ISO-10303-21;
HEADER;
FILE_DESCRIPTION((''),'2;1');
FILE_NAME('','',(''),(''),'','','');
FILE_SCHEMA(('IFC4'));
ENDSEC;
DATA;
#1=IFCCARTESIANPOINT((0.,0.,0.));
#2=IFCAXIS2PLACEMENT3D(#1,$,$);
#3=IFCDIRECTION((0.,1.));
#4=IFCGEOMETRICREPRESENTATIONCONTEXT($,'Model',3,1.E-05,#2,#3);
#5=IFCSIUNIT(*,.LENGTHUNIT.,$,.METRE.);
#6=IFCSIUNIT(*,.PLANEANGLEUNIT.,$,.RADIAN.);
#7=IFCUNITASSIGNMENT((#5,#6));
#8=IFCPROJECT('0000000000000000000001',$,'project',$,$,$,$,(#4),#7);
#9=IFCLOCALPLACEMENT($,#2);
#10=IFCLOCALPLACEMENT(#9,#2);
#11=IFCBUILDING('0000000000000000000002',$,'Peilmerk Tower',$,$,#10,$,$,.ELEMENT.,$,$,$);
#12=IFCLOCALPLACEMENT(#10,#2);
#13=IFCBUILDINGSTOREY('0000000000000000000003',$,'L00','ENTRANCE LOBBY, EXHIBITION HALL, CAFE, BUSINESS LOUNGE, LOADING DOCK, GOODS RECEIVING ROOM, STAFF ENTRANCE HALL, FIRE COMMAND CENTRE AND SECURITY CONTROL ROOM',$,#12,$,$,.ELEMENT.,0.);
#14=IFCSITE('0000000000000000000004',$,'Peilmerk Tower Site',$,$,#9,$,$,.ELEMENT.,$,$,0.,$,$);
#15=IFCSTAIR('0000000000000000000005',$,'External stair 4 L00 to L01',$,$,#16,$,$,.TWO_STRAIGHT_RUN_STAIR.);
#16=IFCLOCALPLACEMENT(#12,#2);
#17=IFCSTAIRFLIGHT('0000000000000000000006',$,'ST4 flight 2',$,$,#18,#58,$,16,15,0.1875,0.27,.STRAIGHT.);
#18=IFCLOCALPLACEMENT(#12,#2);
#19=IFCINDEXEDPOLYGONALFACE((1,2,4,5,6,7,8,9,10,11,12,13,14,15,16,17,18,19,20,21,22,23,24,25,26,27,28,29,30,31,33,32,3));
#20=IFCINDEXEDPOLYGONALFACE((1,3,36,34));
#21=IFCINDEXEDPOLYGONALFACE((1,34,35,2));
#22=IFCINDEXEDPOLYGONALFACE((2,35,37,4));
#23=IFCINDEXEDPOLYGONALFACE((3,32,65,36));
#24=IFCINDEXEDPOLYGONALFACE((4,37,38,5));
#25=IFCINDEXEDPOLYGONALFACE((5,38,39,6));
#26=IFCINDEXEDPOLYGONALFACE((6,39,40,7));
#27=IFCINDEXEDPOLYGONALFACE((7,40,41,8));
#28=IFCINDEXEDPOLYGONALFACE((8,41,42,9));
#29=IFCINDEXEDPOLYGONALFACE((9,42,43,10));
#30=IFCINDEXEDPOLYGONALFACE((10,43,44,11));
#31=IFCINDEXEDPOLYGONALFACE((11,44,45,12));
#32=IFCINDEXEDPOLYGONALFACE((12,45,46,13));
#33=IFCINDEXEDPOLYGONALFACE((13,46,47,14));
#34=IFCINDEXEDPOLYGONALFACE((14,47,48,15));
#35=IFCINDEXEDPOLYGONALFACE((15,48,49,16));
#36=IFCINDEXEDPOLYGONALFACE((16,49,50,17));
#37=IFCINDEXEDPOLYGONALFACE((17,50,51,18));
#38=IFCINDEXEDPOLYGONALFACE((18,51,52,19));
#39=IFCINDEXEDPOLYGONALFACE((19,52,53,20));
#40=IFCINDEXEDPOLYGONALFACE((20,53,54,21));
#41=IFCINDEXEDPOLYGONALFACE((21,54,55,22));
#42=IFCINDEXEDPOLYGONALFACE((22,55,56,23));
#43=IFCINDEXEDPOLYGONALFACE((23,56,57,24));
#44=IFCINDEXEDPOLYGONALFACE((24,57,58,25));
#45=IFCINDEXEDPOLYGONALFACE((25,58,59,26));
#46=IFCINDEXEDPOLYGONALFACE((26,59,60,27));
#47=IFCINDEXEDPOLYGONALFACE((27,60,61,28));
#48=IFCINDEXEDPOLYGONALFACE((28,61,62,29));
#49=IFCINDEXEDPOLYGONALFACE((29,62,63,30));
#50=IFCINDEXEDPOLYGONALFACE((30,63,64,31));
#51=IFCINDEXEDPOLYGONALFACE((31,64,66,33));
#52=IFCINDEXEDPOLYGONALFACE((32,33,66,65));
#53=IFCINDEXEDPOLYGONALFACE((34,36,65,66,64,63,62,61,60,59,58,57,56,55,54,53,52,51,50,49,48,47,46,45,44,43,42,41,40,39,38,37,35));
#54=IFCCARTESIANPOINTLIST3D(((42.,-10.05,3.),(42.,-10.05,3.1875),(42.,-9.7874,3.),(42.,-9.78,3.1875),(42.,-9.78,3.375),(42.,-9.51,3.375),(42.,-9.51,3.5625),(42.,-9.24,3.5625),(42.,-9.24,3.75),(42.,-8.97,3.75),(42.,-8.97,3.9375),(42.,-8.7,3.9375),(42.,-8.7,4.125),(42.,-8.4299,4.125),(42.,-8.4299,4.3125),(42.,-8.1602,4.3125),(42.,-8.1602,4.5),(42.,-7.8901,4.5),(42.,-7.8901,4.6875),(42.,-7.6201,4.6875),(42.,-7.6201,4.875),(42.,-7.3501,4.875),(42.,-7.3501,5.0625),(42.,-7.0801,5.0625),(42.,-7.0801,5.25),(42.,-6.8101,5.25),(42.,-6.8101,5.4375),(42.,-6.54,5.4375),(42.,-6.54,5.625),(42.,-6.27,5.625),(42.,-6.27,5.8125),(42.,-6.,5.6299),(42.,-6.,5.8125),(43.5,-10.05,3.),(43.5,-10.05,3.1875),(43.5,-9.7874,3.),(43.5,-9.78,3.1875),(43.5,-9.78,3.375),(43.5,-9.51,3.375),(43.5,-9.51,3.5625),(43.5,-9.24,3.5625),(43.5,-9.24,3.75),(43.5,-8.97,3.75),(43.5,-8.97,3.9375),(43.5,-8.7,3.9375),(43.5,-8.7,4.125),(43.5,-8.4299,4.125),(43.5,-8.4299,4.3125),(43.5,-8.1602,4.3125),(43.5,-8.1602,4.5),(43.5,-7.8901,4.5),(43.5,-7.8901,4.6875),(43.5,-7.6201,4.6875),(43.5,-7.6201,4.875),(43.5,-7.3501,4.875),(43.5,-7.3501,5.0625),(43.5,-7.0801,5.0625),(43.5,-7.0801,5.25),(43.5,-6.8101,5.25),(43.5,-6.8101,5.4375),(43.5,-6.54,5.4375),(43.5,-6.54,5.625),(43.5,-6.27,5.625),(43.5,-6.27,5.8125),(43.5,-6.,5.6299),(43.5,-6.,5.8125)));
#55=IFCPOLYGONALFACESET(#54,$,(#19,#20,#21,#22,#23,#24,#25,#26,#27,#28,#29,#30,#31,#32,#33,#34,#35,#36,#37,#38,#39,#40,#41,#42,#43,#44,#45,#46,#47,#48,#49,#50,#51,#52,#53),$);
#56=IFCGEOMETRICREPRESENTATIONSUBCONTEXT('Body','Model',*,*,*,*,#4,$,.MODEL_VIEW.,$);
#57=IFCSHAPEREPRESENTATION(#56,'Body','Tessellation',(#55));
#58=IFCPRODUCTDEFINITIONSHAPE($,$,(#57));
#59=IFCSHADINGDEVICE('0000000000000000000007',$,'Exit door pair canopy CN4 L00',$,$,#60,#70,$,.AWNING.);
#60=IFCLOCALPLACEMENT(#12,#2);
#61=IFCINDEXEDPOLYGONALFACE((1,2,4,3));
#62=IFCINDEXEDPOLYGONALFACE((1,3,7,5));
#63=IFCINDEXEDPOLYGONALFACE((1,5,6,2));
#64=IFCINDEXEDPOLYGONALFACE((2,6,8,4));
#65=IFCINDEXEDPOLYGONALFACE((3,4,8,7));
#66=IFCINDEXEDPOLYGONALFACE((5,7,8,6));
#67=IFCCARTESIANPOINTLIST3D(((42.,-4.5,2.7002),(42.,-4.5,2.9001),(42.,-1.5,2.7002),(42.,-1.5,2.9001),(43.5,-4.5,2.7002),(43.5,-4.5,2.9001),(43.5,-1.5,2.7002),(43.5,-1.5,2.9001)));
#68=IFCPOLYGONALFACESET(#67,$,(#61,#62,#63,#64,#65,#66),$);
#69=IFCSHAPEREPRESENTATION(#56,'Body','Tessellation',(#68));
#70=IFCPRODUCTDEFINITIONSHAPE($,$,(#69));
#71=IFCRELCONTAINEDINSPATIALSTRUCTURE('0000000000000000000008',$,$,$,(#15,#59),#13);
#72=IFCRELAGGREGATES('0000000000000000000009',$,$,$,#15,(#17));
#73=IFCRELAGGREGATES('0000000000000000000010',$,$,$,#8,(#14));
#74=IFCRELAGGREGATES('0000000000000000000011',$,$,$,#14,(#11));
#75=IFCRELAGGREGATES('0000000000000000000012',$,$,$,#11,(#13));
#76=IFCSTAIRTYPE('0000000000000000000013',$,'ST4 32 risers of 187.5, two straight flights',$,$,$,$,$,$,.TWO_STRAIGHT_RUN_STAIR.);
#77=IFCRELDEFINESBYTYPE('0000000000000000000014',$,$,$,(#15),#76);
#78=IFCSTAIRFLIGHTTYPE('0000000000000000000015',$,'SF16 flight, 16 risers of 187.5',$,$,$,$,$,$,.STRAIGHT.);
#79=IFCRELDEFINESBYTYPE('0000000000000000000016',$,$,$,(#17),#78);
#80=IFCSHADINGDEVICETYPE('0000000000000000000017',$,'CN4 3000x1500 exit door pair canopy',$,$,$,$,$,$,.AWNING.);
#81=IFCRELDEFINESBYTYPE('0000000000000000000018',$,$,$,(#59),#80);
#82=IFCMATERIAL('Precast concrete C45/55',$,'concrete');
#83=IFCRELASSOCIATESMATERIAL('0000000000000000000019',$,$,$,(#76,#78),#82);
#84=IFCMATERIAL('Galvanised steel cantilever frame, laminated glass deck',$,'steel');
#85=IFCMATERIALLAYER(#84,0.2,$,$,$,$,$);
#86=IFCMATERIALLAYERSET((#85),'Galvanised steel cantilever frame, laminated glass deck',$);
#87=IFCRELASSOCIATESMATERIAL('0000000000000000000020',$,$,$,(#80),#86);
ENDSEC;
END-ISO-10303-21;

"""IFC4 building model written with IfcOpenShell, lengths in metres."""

from ifc_helpers import new_model, si_unit, direction, frame, origin, origin_2d, place, context, subcontext, project, spatial, polyline, rectangle, outline, extrude, material, layer, layer_set, type_object, element, aggregate, save


model = new_model("IFC4")

# Units and contexts
model_context = context("Model", 3, precision=1e-05, world=origin(), true_north=direction((0.0, 1.0)))
body_context = subcontext(model_context, "Body", "Model", "MODEL_VIEW")
ifc_project = project(units=[si_unit("LENGTHUNIT", "METRE"), si_unit("PLANEANGLEUNIT", "RADIAN")], contexts=[model_context])

# Site, building, storey
site_placement = place(None, origin())
site = spatial("IfcSite", under=ifc_project, at=site_placement, Name="Peilmerk Tower Site", CompositionType="ELEMENT", RefElevation=0.0)
building_placement = place(site_placement, origin())
building = spatial("IfcBuilding", under=site, at=building_placement, Name="Peilmerk Tower", CompositionType="ELEMENT")
storey_placement = place(building_placement, origin())
storey = spatial("IfcBuildingStorey", under=building, at=storey_placement, Name="L00", Description="ENTRANCE LOBBY, EXHIBITION HALL, CAFE, BUSINESS LOUNGE, LOADING DOCK, GOODS RECEIVING ROOM, STAFF ENTRANCE HALL, FIRE COMMAND CENTRE AND SECURITY CONTROL ROOM", CompositionType="ELEMENT", Elevation=0.0)

# Stair, stair flight
ifc_material_1 = material(Name="Precast concrete C45/55", Category="concrete")
stair_type = type_object("IfcStairType", Name="ST4 32 risers of 187.5, two straight flights", PredefinedType="TWO_STRAIGHT_RUN_STAIR", material=ifc_material_1)
stair_placement = place(storey_placement, origin())
stair = element("IfcStair", 1, at=stair_placement, inside=storey, type_object=stair_type, Name="External stair 4 L00 to L01", PredefinedType="TWO_STRAIGHT_RUN_STAIR")
stair_flight_type = type_object("IfcStairFlightType", Name="SF16 flight, 16 risers of 187.5", PredefinedType="STRAIGHT", material=ifc_material_1)
stair_flight_1_placement = place(storey_placement, frame((42.75, -10.05, 3.0), z_axis=(0.0, 0.0, 1.0), x_axis=(0.0, 1.0, 0.0)))
stair_flight_1 = element("IfcStairFlight", 2, at=stair_flight_1_placement, type_object=stair_flight_type, Name="ST4 flight 2", NumberOfRisers=16, NumberOfTreads=15, PredefinedType="STRAIGHT", RiserHeight=0.1875, TreadLength=0.27, context=body_context, shape_type="SweptSolid", body=[
    extrude(outline(polyline([(0.0, 0.0), (0.0, 0.1875), (0.27, 0.1875), (0.27, 0.375), (0.54, 0.375), (0.54, 0.5625), (0.8101, 0.5625), (0.8101, 0.75), (1.0801, 0.75), (1.0801, 0.9375), (1.3501, 0.9375), (1.3501, 1.125), (1.6201, 1.125), (1.6201, 1.3125), (1.8899, 1.3125), (1.8899, 1.5), (2.1599, 1.5), (2.1599, 1.6875), (2.4299, 1.6875), (2.4299, 1.875), (2.7, 1.875), (2.7, 2.0625), (2.97, 2.0625), (2.97, 2.25), (3.24, 2.25), (3.24, 2.4375), (3.51, 2.4375), (3.51, 2.625), (3.78, 2.625), (3.78, 2.8125), (4.05, 2.8125), (4.05, 3.0), (4.05, 2.6299), (0.2627, 0.0), (0.0, 0.0)])), frame((0.0, 0.75, 0.0), z_axis=(0.0, -1.0, 0.0), x_axis=(1.0, 0.0, 0.0)), (0.0, 0.0, 1.0), 1.5),
])
aggregate(stair, [stair_flight_1])

# Shading device
ifc_material_2 = material(Name="Galvanised steel cantilever frame, laminated glass deck", Category="steel")
ifc_layer_1 = layer(ifc_material_2, 0.2)
ifc_layer_set_1 = layer_set([ifc_layer_1], Name="Galvanised steel cantilever frame, laminated glass deck")
shading_device_type = type_object("IfcShadingDeviceType", Name="CN4 3000x1500 exit door pair canopy", PredefinedType="AWNING", material=ifc_layer_set_1)
shading_device_placement = place(storey_placement, frame((42.75, -3.0, 2.7002), z_axis=(0.0, 0.0, 1.0), x_axis=(0.0, -1.0, 0.0)))
element("IfcShadingDevice", 3, at=shading_device_placement, inside=storey, type_object=shading_device_type, Name="Exit door pair canopy CN4 L00", PredefinedType="AWNING", context=body_context, shape_type="SweptSolid", body=[
    extrude(rectangle(XDim=3.0, YDim=1.5, at=origin_2d()), origin(), (0.0, 0.0, 1.0), 0.2),
])

save(model, "model.ifc")
